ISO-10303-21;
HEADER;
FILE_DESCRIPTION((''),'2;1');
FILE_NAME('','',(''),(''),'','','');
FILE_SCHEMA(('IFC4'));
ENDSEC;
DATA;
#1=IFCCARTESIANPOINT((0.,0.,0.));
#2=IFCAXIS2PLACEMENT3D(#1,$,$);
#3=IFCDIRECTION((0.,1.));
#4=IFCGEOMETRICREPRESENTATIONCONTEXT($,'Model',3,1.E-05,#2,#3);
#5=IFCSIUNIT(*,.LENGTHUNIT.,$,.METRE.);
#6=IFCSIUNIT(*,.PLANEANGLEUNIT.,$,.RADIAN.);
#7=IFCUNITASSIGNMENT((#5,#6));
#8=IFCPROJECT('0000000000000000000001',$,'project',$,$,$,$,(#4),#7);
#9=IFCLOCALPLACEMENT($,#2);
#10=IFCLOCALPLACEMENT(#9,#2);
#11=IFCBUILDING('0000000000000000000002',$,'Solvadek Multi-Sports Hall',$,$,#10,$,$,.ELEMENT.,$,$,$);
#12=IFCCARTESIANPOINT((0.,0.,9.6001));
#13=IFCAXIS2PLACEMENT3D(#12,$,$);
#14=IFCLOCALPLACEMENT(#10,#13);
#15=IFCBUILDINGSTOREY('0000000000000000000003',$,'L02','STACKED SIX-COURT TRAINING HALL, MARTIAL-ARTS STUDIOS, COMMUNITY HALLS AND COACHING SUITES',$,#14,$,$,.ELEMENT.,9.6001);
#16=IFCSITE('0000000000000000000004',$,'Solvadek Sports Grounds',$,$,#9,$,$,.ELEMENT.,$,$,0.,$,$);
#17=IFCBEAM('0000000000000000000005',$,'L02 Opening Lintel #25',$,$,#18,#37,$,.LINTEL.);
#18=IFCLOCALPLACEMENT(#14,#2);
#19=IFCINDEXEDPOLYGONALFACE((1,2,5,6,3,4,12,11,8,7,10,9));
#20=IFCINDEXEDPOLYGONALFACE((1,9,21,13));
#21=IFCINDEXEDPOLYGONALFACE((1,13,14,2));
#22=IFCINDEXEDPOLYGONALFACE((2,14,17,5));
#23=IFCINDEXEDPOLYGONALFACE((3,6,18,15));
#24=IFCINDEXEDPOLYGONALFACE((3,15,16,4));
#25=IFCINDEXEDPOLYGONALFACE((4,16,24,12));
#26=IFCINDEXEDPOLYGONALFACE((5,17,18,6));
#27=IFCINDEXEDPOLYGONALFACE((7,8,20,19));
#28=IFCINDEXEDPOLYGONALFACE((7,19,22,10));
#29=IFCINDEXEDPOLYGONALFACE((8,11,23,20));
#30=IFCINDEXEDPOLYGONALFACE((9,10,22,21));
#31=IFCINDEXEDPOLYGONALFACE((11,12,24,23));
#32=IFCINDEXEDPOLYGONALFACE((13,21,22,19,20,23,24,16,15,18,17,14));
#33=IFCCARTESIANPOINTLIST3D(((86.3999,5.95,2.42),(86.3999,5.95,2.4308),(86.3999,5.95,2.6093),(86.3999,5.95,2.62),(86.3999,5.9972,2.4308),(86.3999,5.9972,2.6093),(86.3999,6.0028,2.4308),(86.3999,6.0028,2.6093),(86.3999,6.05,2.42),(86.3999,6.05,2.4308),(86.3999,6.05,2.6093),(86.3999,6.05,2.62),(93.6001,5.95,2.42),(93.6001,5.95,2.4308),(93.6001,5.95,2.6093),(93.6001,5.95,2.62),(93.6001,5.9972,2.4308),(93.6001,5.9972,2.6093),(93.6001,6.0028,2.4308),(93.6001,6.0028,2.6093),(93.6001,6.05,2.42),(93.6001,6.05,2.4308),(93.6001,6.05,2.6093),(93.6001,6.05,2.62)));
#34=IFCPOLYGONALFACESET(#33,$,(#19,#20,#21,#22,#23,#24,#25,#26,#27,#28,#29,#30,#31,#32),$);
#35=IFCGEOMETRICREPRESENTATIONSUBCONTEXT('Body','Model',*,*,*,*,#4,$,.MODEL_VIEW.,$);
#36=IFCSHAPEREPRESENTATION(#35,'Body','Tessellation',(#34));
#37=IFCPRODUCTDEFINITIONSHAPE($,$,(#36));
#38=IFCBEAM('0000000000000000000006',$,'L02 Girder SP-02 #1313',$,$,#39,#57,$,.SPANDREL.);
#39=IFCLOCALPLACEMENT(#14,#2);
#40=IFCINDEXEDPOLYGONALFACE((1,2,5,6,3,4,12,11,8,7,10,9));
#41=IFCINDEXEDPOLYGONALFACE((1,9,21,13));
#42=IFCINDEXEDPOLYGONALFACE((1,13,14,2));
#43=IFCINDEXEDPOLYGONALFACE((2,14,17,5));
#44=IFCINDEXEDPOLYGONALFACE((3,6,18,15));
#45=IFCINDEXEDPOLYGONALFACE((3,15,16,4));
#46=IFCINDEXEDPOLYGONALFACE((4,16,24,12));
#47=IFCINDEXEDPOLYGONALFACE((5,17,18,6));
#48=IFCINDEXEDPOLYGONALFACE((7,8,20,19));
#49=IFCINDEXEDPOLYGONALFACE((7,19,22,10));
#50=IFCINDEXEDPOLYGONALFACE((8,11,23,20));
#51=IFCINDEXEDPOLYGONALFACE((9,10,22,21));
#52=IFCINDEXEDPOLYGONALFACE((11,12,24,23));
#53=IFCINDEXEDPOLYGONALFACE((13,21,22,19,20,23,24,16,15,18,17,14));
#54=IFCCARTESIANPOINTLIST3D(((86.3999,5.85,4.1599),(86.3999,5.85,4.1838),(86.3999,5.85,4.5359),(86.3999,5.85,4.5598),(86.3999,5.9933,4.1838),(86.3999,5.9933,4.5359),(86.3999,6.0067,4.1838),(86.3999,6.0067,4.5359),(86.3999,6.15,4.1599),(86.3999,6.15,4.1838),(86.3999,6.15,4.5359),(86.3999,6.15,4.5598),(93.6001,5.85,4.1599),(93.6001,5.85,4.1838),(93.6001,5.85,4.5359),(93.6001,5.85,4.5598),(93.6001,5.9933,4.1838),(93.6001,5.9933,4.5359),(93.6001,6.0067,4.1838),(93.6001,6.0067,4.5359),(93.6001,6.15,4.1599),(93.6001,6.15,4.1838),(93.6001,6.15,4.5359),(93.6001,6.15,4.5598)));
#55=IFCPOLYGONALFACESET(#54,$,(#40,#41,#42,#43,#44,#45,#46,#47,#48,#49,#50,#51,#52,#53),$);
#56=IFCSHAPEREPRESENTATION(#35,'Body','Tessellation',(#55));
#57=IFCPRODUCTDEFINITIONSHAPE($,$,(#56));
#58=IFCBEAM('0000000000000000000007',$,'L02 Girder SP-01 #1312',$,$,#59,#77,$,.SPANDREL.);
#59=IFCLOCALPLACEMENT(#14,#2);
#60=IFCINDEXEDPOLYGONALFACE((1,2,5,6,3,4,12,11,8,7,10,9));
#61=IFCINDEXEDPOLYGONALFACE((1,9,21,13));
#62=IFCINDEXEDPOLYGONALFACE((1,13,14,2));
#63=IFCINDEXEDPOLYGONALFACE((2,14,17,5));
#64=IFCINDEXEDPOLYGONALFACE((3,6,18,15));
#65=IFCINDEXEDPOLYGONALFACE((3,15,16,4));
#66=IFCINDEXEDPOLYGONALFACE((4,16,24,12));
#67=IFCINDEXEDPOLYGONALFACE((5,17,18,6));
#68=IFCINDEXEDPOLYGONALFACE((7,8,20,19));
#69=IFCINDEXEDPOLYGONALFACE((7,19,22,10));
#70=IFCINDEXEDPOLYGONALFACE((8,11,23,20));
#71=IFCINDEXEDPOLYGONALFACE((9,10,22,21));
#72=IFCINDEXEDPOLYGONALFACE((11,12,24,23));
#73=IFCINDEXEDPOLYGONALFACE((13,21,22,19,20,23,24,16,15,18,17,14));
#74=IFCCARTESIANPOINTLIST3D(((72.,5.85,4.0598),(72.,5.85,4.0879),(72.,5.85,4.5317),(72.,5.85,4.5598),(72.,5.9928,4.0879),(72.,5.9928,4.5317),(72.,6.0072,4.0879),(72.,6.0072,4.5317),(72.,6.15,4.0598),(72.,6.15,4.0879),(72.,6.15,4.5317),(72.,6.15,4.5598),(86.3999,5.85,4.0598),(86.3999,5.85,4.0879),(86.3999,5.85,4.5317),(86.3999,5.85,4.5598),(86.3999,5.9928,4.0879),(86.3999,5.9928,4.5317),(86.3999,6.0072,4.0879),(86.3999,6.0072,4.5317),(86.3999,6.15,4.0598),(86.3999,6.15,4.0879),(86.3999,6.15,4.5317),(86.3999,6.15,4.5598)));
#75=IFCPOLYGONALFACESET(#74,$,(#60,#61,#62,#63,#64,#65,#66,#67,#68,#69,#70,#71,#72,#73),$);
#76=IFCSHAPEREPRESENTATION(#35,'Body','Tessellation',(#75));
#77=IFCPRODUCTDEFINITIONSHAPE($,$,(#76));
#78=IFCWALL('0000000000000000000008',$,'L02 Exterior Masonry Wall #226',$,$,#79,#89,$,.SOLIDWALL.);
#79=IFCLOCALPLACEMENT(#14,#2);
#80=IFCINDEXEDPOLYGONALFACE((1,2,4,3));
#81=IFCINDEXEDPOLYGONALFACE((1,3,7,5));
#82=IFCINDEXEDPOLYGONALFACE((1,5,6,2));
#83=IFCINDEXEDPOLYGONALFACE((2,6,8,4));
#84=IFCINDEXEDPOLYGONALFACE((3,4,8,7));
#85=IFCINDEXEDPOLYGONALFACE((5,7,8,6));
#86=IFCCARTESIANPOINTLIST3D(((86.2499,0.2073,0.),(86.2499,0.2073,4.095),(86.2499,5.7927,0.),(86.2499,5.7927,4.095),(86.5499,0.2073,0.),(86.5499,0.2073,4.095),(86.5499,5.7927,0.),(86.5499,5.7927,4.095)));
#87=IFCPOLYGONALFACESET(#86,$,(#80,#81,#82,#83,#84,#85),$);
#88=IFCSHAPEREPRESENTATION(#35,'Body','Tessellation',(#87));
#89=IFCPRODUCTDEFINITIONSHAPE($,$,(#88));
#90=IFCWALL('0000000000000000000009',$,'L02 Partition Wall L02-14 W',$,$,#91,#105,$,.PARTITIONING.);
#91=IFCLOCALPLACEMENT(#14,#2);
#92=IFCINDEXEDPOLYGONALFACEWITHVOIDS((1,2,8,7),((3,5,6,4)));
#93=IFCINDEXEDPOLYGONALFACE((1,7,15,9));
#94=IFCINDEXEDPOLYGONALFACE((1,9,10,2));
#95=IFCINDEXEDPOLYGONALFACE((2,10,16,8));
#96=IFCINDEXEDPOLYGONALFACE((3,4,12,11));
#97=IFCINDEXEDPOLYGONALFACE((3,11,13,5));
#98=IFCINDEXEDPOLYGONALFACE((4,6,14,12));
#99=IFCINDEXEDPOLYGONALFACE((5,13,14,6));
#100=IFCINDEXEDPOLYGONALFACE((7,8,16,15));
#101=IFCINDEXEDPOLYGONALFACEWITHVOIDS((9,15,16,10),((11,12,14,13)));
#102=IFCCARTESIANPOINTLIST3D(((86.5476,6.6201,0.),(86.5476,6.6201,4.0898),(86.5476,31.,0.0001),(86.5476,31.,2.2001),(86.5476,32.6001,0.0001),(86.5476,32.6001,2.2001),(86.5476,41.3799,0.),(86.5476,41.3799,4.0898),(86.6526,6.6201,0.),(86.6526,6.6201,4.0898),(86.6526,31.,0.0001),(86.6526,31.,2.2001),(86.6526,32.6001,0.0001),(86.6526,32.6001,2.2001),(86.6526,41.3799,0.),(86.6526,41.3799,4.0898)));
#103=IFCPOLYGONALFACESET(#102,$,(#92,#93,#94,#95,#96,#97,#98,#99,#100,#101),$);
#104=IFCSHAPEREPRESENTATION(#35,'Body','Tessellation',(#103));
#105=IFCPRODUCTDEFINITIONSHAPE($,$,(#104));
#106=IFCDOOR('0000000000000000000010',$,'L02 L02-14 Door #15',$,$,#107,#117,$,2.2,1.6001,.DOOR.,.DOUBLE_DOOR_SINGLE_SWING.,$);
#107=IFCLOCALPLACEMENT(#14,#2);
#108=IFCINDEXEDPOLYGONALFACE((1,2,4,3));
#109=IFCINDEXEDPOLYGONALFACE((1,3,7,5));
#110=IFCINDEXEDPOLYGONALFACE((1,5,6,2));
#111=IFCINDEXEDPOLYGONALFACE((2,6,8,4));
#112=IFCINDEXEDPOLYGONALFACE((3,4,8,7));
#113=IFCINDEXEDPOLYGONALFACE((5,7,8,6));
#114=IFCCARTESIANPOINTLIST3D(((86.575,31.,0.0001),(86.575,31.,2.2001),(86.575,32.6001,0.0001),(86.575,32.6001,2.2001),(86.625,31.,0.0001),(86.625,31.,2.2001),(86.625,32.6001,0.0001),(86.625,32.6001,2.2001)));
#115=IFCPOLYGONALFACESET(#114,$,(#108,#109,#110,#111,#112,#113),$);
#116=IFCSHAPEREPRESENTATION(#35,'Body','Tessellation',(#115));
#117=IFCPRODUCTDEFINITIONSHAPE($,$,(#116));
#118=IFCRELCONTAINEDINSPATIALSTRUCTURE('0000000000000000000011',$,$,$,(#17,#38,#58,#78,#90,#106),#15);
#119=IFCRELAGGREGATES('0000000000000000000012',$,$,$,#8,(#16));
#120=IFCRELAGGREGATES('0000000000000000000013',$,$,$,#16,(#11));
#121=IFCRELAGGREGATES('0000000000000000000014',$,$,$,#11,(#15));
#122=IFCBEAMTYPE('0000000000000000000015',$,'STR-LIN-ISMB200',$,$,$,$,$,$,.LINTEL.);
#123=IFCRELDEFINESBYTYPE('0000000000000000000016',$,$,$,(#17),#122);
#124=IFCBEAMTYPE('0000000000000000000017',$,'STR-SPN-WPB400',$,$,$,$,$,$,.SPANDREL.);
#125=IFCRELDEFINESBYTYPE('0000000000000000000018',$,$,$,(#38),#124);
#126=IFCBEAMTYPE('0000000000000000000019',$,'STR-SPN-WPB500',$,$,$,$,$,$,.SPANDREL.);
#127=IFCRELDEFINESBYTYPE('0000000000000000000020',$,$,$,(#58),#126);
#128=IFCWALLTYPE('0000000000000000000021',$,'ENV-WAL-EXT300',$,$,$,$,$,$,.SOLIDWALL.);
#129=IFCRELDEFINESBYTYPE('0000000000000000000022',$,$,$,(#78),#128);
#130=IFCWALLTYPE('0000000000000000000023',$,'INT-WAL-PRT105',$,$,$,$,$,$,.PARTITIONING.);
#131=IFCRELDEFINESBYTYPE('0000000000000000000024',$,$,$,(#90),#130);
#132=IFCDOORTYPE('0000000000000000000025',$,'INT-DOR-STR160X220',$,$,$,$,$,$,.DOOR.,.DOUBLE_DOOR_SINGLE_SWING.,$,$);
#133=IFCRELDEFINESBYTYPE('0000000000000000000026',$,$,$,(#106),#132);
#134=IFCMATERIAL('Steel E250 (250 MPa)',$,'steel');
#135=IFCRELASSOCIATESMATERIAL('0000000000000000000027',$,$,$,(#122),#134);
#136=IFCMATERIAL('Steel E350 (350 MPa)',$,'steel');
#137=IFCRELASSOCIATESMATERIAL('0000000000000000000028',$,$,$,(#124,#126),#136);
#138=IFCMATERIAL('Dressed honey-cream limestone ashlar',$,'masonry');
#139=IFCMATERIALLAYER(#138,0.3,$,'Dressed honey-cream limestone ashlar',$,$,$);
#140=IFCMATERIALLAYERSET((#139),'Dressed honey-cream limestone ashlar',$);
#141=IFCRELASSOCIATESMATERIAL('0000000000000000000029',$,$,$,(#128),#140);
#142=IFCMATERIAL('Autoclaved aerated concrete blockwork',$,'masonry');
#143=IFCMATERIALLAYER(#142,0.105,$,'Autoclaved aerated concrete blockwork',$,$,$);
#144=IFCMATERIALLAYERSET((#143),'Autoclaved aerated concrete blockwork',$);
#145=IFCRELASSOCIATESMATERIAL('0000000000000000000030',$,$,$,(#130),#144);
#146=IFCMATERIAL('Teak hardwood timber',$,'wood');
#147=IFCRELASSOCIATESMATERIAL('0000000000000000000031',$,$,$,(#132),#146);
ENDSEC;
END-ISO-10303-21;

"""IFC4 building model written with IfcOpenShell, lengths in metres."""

from ifc_helpers import new_model, si_unit, direction, frame, frame_2d, origin, origin_2d, place, context, subcontext, project, spatial, rectangle, i_section, extrude, material, layer, layer_set, material_profile, profile_set, type_object, element, fill, save


model = new_model("IFC4")

# Units and contexts
model_context = context("Model", 3, precision=1e-05, world=origin(), true_north=direction((0.0, 1.0)))
body_context = subcontext(model_context, "Body", "Model", "MODEL_VIEW")
ifc_project = project(units=[si_unit("LENGTHUNIT", "METRE"), si_unit("PLANEANGLEUNIT", "RADIAN")], contexts=[model_context])

# Site, building, storey
site_placement = place(None, origin())
site = spatial("IfcSite", under=ifc_project, at=site_placement, Name="Solvadek Sports Grounds", CompositionType="ELEMENT", RefElevation=0.0)
building_placement = place(site_placement, origin())
building = spatial("IfcBuilding", under=site, at=building_placement, Name="Solvadek Multi-Sports Hall", CompositionType="ELEMENT")
storey_placement = place(building_placement, frame((0.0, 0.0, 9.6001)))
storey = spatial("IfcBuildingStorey", under=building, at=storey_placement, Name="L02", Description="STACKED SIX-COURT TRAINING HALL, MARTIAL-ARTS STUDIOS, COMMUNITY HALLS AND COACHING SUITES", CompositionType="ELEMENT", Elevation=9.6001)

# Shared definitions
ifc_material_1 = material(Name="Steel E350 (350 MPa)", Category="steel")

# Beams
ifc_material_2 = material(Name="Steel E250 (250 MPa)", Category="steel")
ifc_material_profile_1 = material_profile(ifc_material_2, i_section(OverallWidth=0.1001, OverallDepth=0.2, WebThickness=0.0056, FlangeThickness=0.0107, at=origin_2d()), Name="ISMB 200")
ifc_profile_set_1 = profile_set([ifc_material_profile_1], Name="Steel E250 (250 MPa)")
beam_type_1 = type_object("IfcBeamType", Name="STR-LIN-ISMB200", PredefinedType="LINTEL", material=ifc_profile_set_1)
beam_1_placement = place(storey_placement, frame((86.3999, 6.0, 2.52), z_axis=(1.0, 0.0, 0.0), x_axis=(0.0, 1.0, 0.0)))
element("IfcBeam", 1, at=beam_1_placement, inside=storey, type_object=beam_type_1, Name="L02 Opening Lintel #25", PredefinedType="LINTEL", context=body_context, shape_type="SweptSolid", body=[
    extrude(i_section(OverallWidth=0.1001, OverallDepth=0.2, WebThickness=0.0056, FlangeThickness=0.0107, at=origin_2d()), origin(), (0.0, 0.0, 1.0), 7.2002),
])
ifc_material_profile_2 = material_profile(ifc_material_1, i_section(OverallWidth=0.3, OverallDepth=0.3999, WebThickness=0.0134, FlangeThickness=0.0239, at=origin_2d()), Name="WPB 400")
ifc_profile_set_2 = profile_set([ifc_material_profile_2], Name="Steel E350 (350 MPa)")
beam_type_2 = type_object("IfcBeamType", Name="STR-SPN-WPB400", PredefinedType="SPANDREL", material=ifc_profile_set_2)
beam_2_placement = place(storey_placement, frame((86.3999, 6.0, 4.3599), z_axis=(1.0, 0.0, 0.0), x_axis=(0.0, 1.0, 0.0)))
element("IfcBeam", 2, at=beam_2_placement, inside=storey, type_object=beam_type_2, Name="L02 Girder SP-02 #1313", PredefinedType="SPANDREL", context=body_context, shape_type="SweptSolid", body=[
    extrude(i_section(OverallWidth=0.3, OverallDepth=0.3999, WebThickness=0.0134, FlangeThickness=0.0239, at=origin_2d()), origin(), (0.0, 0.0, 1.0), 7.2002),
])
ifc_material_profile_3 = material_profile(ifc_material_1, i_section(OverallWidth=0.3, OverallDepth=0.5, WebThickness=0.0144, FlangeThickness=0.0281, at=origin_2d()), Name="WPB 500")
ifc_profile_set_3 = profile_set([ifc_material_profile_3], Name="Steel E350 (350 MPa)")
beam_type_3 = type_object("IfcBeamType", Name="STR-SPN-WPB500", PredefinedType="SPANDREL", material=ifc_profile_set_3)
beam_3_placement = place(storey_placement, frame((72.0, 6.0, 4.3098), z_axis=(1.0, 0.0, 0.0), x_axis=(0.0, 1.0, 0.0)))
element("IfcBeam", 3, at=beam_3_placement, inside=storey, type_object=beam_type_3, Name="L02 Girder SP-01 #1312", PredefinedType="SPANDREL", context=body_context, shape_type="SweptSolid", body=[
    extrude(i_section(OverallWidth=0.3, OverallDepth=0.5, WebThickness=0.0144, FlangeThickness=0.0281, at=origin_2d()), origin(), (0.0, 0.0, 1.0), 14.3999),
])

# Wall
ifc_material_3 = material(Name="Dressed honey-cream limestone ashlar", Category="masonry")
ifc_layer_1 = layer(ifc_material_3, 0.3, Name="Dressed honey-cream limestone ashlar")
ifc_layer_set_1 = layer_set([ifc_layer_1], Name="Dressed honey-cream limestone ashlar")
wall_type_1 = type_object("IfcWallType", Name="ENV-WAL-EXT300", PredefinedType="SOLIDWALL", material=ifc_layer_set_1)
wall_1_placement = place(storey_placement, frame((86.3999, 0.2073, 0.0), z_axis=(0.0, 0.0, 1.0), x_axis=(0.0, 1.0, 0.0)))
element("IfcWall", 4, at=wall_1_placement, inside=storey, type_object=wall_type_1, Name="L02 Exterior Masonry Wall #226", PredefinedType="SOLIDWALL", context=body_context, shape_type="SweptSolid", body=[
    extrude(rectangle(XDim=5.5854, YDim=0.3, at=frame_2d((2.7927, 0.0))), origin(), (0.0, 0.0, 1.0), 4.095),
])

# Wall, opening, door
ifc_material_4 = material(Name="Autoclaved aerated concrete blockwork", Category="masonry")
ifc_layer_2 = layer(ifc_material_4, 0.105, Name="Autoclaved aerated concrete blockwork")
ifc_layer_set_2 = layer_set([ifc_layer_2], Name="Autoclaved aerated concrete blockwork")
wall_type_2 = type_object("IfcWallType", Name="INT-WAL-PRT105", PredefinedType="PARTITIONING", material=ifc_layer_set_2)
wall_2_placement = place(storey_placement, frame((86.6001, 6.6201, 0.0), z_axis=(0.0, 0.0, 1.0), x_axis=(0.0, 1.0, 0.0)))
wall_2 = element("IfcWall", 5, at=wall_2_placement, inside=storey, type_object=wall_type_2, Name="L02 Partition Wall L02-14 W", PredefinedType="PARTITIONING", context=body_context, shape_type="SweptSolid", body=[
    extrude(rectangle(XDim=34.7598, YDim=0.105, at=frame_2d((17.3799, 0.0))), origin(), (0.0, 0.0, 1.0), 4.0898),
])
opening_1_placement = place(wall_2_placement, frame((24.3799, 0.0, 0.0)))
opening_1 = element("IfcOpeningElement", 6, at=opening_1_placement, cuts=wall_2, PredefinedType="OPENING", context=body_context, shape_type="SweptSolid", body=[
    extrude(rectangle(XDim=1.6001, YDim=2.2, at=frame_2d((0.8, 1.1001))), frame((0.0, 0.0625, 0.0), z_axis=(0.0, -1.0, 0.0), x_axis=(1.0, 0.0, 0.0)), (0.0, 0.0, 1.0), 0.125),
])
ifc_material_5 = material(Name="Teak hardwood timber", Category="wood")
door_type_1 = type_object("IfcDoorType", Name="INT-DOR-STR160X220", OperationType="DOUBLE_DOOR_SINGLE_SWING", PredefinedType="DOOR", material=ifc_material_5)
door_1_placement = place(opening_1_placement, frame((1.6001, 0.0, 0.0), z_axis=(0.0, 0.0, 1.0), x_axis=(-1.0, 0.0, 0.0)))
door_1 = element("IfcDoor", 7, at=door_1_placement, inside=storey, type_object=door_type_1, Name="L02 L02-14 Door #15", OperationType="DOUBLE_DOOR_SINGLE_SWING", OverallHeight=2.2, OverallWidth=1.6001, PredefinedType="DOOR", context=body_context, shape_type="SweptSolid", body=[
    extrude(rectangle(XDim=1.6001, YDim=2.2, at=frame_2d((0.8, 1.1001))), frame((0.0, 0.0249, 0.0), z_axis=(0.0, -1.0, 0.0), x_axis=(1.0, 0.0, 0.0)), (0.0, 0.0, 1.0), 0.05),
])
fill(opening_1, door_1)

save(model, "model.ifc")
